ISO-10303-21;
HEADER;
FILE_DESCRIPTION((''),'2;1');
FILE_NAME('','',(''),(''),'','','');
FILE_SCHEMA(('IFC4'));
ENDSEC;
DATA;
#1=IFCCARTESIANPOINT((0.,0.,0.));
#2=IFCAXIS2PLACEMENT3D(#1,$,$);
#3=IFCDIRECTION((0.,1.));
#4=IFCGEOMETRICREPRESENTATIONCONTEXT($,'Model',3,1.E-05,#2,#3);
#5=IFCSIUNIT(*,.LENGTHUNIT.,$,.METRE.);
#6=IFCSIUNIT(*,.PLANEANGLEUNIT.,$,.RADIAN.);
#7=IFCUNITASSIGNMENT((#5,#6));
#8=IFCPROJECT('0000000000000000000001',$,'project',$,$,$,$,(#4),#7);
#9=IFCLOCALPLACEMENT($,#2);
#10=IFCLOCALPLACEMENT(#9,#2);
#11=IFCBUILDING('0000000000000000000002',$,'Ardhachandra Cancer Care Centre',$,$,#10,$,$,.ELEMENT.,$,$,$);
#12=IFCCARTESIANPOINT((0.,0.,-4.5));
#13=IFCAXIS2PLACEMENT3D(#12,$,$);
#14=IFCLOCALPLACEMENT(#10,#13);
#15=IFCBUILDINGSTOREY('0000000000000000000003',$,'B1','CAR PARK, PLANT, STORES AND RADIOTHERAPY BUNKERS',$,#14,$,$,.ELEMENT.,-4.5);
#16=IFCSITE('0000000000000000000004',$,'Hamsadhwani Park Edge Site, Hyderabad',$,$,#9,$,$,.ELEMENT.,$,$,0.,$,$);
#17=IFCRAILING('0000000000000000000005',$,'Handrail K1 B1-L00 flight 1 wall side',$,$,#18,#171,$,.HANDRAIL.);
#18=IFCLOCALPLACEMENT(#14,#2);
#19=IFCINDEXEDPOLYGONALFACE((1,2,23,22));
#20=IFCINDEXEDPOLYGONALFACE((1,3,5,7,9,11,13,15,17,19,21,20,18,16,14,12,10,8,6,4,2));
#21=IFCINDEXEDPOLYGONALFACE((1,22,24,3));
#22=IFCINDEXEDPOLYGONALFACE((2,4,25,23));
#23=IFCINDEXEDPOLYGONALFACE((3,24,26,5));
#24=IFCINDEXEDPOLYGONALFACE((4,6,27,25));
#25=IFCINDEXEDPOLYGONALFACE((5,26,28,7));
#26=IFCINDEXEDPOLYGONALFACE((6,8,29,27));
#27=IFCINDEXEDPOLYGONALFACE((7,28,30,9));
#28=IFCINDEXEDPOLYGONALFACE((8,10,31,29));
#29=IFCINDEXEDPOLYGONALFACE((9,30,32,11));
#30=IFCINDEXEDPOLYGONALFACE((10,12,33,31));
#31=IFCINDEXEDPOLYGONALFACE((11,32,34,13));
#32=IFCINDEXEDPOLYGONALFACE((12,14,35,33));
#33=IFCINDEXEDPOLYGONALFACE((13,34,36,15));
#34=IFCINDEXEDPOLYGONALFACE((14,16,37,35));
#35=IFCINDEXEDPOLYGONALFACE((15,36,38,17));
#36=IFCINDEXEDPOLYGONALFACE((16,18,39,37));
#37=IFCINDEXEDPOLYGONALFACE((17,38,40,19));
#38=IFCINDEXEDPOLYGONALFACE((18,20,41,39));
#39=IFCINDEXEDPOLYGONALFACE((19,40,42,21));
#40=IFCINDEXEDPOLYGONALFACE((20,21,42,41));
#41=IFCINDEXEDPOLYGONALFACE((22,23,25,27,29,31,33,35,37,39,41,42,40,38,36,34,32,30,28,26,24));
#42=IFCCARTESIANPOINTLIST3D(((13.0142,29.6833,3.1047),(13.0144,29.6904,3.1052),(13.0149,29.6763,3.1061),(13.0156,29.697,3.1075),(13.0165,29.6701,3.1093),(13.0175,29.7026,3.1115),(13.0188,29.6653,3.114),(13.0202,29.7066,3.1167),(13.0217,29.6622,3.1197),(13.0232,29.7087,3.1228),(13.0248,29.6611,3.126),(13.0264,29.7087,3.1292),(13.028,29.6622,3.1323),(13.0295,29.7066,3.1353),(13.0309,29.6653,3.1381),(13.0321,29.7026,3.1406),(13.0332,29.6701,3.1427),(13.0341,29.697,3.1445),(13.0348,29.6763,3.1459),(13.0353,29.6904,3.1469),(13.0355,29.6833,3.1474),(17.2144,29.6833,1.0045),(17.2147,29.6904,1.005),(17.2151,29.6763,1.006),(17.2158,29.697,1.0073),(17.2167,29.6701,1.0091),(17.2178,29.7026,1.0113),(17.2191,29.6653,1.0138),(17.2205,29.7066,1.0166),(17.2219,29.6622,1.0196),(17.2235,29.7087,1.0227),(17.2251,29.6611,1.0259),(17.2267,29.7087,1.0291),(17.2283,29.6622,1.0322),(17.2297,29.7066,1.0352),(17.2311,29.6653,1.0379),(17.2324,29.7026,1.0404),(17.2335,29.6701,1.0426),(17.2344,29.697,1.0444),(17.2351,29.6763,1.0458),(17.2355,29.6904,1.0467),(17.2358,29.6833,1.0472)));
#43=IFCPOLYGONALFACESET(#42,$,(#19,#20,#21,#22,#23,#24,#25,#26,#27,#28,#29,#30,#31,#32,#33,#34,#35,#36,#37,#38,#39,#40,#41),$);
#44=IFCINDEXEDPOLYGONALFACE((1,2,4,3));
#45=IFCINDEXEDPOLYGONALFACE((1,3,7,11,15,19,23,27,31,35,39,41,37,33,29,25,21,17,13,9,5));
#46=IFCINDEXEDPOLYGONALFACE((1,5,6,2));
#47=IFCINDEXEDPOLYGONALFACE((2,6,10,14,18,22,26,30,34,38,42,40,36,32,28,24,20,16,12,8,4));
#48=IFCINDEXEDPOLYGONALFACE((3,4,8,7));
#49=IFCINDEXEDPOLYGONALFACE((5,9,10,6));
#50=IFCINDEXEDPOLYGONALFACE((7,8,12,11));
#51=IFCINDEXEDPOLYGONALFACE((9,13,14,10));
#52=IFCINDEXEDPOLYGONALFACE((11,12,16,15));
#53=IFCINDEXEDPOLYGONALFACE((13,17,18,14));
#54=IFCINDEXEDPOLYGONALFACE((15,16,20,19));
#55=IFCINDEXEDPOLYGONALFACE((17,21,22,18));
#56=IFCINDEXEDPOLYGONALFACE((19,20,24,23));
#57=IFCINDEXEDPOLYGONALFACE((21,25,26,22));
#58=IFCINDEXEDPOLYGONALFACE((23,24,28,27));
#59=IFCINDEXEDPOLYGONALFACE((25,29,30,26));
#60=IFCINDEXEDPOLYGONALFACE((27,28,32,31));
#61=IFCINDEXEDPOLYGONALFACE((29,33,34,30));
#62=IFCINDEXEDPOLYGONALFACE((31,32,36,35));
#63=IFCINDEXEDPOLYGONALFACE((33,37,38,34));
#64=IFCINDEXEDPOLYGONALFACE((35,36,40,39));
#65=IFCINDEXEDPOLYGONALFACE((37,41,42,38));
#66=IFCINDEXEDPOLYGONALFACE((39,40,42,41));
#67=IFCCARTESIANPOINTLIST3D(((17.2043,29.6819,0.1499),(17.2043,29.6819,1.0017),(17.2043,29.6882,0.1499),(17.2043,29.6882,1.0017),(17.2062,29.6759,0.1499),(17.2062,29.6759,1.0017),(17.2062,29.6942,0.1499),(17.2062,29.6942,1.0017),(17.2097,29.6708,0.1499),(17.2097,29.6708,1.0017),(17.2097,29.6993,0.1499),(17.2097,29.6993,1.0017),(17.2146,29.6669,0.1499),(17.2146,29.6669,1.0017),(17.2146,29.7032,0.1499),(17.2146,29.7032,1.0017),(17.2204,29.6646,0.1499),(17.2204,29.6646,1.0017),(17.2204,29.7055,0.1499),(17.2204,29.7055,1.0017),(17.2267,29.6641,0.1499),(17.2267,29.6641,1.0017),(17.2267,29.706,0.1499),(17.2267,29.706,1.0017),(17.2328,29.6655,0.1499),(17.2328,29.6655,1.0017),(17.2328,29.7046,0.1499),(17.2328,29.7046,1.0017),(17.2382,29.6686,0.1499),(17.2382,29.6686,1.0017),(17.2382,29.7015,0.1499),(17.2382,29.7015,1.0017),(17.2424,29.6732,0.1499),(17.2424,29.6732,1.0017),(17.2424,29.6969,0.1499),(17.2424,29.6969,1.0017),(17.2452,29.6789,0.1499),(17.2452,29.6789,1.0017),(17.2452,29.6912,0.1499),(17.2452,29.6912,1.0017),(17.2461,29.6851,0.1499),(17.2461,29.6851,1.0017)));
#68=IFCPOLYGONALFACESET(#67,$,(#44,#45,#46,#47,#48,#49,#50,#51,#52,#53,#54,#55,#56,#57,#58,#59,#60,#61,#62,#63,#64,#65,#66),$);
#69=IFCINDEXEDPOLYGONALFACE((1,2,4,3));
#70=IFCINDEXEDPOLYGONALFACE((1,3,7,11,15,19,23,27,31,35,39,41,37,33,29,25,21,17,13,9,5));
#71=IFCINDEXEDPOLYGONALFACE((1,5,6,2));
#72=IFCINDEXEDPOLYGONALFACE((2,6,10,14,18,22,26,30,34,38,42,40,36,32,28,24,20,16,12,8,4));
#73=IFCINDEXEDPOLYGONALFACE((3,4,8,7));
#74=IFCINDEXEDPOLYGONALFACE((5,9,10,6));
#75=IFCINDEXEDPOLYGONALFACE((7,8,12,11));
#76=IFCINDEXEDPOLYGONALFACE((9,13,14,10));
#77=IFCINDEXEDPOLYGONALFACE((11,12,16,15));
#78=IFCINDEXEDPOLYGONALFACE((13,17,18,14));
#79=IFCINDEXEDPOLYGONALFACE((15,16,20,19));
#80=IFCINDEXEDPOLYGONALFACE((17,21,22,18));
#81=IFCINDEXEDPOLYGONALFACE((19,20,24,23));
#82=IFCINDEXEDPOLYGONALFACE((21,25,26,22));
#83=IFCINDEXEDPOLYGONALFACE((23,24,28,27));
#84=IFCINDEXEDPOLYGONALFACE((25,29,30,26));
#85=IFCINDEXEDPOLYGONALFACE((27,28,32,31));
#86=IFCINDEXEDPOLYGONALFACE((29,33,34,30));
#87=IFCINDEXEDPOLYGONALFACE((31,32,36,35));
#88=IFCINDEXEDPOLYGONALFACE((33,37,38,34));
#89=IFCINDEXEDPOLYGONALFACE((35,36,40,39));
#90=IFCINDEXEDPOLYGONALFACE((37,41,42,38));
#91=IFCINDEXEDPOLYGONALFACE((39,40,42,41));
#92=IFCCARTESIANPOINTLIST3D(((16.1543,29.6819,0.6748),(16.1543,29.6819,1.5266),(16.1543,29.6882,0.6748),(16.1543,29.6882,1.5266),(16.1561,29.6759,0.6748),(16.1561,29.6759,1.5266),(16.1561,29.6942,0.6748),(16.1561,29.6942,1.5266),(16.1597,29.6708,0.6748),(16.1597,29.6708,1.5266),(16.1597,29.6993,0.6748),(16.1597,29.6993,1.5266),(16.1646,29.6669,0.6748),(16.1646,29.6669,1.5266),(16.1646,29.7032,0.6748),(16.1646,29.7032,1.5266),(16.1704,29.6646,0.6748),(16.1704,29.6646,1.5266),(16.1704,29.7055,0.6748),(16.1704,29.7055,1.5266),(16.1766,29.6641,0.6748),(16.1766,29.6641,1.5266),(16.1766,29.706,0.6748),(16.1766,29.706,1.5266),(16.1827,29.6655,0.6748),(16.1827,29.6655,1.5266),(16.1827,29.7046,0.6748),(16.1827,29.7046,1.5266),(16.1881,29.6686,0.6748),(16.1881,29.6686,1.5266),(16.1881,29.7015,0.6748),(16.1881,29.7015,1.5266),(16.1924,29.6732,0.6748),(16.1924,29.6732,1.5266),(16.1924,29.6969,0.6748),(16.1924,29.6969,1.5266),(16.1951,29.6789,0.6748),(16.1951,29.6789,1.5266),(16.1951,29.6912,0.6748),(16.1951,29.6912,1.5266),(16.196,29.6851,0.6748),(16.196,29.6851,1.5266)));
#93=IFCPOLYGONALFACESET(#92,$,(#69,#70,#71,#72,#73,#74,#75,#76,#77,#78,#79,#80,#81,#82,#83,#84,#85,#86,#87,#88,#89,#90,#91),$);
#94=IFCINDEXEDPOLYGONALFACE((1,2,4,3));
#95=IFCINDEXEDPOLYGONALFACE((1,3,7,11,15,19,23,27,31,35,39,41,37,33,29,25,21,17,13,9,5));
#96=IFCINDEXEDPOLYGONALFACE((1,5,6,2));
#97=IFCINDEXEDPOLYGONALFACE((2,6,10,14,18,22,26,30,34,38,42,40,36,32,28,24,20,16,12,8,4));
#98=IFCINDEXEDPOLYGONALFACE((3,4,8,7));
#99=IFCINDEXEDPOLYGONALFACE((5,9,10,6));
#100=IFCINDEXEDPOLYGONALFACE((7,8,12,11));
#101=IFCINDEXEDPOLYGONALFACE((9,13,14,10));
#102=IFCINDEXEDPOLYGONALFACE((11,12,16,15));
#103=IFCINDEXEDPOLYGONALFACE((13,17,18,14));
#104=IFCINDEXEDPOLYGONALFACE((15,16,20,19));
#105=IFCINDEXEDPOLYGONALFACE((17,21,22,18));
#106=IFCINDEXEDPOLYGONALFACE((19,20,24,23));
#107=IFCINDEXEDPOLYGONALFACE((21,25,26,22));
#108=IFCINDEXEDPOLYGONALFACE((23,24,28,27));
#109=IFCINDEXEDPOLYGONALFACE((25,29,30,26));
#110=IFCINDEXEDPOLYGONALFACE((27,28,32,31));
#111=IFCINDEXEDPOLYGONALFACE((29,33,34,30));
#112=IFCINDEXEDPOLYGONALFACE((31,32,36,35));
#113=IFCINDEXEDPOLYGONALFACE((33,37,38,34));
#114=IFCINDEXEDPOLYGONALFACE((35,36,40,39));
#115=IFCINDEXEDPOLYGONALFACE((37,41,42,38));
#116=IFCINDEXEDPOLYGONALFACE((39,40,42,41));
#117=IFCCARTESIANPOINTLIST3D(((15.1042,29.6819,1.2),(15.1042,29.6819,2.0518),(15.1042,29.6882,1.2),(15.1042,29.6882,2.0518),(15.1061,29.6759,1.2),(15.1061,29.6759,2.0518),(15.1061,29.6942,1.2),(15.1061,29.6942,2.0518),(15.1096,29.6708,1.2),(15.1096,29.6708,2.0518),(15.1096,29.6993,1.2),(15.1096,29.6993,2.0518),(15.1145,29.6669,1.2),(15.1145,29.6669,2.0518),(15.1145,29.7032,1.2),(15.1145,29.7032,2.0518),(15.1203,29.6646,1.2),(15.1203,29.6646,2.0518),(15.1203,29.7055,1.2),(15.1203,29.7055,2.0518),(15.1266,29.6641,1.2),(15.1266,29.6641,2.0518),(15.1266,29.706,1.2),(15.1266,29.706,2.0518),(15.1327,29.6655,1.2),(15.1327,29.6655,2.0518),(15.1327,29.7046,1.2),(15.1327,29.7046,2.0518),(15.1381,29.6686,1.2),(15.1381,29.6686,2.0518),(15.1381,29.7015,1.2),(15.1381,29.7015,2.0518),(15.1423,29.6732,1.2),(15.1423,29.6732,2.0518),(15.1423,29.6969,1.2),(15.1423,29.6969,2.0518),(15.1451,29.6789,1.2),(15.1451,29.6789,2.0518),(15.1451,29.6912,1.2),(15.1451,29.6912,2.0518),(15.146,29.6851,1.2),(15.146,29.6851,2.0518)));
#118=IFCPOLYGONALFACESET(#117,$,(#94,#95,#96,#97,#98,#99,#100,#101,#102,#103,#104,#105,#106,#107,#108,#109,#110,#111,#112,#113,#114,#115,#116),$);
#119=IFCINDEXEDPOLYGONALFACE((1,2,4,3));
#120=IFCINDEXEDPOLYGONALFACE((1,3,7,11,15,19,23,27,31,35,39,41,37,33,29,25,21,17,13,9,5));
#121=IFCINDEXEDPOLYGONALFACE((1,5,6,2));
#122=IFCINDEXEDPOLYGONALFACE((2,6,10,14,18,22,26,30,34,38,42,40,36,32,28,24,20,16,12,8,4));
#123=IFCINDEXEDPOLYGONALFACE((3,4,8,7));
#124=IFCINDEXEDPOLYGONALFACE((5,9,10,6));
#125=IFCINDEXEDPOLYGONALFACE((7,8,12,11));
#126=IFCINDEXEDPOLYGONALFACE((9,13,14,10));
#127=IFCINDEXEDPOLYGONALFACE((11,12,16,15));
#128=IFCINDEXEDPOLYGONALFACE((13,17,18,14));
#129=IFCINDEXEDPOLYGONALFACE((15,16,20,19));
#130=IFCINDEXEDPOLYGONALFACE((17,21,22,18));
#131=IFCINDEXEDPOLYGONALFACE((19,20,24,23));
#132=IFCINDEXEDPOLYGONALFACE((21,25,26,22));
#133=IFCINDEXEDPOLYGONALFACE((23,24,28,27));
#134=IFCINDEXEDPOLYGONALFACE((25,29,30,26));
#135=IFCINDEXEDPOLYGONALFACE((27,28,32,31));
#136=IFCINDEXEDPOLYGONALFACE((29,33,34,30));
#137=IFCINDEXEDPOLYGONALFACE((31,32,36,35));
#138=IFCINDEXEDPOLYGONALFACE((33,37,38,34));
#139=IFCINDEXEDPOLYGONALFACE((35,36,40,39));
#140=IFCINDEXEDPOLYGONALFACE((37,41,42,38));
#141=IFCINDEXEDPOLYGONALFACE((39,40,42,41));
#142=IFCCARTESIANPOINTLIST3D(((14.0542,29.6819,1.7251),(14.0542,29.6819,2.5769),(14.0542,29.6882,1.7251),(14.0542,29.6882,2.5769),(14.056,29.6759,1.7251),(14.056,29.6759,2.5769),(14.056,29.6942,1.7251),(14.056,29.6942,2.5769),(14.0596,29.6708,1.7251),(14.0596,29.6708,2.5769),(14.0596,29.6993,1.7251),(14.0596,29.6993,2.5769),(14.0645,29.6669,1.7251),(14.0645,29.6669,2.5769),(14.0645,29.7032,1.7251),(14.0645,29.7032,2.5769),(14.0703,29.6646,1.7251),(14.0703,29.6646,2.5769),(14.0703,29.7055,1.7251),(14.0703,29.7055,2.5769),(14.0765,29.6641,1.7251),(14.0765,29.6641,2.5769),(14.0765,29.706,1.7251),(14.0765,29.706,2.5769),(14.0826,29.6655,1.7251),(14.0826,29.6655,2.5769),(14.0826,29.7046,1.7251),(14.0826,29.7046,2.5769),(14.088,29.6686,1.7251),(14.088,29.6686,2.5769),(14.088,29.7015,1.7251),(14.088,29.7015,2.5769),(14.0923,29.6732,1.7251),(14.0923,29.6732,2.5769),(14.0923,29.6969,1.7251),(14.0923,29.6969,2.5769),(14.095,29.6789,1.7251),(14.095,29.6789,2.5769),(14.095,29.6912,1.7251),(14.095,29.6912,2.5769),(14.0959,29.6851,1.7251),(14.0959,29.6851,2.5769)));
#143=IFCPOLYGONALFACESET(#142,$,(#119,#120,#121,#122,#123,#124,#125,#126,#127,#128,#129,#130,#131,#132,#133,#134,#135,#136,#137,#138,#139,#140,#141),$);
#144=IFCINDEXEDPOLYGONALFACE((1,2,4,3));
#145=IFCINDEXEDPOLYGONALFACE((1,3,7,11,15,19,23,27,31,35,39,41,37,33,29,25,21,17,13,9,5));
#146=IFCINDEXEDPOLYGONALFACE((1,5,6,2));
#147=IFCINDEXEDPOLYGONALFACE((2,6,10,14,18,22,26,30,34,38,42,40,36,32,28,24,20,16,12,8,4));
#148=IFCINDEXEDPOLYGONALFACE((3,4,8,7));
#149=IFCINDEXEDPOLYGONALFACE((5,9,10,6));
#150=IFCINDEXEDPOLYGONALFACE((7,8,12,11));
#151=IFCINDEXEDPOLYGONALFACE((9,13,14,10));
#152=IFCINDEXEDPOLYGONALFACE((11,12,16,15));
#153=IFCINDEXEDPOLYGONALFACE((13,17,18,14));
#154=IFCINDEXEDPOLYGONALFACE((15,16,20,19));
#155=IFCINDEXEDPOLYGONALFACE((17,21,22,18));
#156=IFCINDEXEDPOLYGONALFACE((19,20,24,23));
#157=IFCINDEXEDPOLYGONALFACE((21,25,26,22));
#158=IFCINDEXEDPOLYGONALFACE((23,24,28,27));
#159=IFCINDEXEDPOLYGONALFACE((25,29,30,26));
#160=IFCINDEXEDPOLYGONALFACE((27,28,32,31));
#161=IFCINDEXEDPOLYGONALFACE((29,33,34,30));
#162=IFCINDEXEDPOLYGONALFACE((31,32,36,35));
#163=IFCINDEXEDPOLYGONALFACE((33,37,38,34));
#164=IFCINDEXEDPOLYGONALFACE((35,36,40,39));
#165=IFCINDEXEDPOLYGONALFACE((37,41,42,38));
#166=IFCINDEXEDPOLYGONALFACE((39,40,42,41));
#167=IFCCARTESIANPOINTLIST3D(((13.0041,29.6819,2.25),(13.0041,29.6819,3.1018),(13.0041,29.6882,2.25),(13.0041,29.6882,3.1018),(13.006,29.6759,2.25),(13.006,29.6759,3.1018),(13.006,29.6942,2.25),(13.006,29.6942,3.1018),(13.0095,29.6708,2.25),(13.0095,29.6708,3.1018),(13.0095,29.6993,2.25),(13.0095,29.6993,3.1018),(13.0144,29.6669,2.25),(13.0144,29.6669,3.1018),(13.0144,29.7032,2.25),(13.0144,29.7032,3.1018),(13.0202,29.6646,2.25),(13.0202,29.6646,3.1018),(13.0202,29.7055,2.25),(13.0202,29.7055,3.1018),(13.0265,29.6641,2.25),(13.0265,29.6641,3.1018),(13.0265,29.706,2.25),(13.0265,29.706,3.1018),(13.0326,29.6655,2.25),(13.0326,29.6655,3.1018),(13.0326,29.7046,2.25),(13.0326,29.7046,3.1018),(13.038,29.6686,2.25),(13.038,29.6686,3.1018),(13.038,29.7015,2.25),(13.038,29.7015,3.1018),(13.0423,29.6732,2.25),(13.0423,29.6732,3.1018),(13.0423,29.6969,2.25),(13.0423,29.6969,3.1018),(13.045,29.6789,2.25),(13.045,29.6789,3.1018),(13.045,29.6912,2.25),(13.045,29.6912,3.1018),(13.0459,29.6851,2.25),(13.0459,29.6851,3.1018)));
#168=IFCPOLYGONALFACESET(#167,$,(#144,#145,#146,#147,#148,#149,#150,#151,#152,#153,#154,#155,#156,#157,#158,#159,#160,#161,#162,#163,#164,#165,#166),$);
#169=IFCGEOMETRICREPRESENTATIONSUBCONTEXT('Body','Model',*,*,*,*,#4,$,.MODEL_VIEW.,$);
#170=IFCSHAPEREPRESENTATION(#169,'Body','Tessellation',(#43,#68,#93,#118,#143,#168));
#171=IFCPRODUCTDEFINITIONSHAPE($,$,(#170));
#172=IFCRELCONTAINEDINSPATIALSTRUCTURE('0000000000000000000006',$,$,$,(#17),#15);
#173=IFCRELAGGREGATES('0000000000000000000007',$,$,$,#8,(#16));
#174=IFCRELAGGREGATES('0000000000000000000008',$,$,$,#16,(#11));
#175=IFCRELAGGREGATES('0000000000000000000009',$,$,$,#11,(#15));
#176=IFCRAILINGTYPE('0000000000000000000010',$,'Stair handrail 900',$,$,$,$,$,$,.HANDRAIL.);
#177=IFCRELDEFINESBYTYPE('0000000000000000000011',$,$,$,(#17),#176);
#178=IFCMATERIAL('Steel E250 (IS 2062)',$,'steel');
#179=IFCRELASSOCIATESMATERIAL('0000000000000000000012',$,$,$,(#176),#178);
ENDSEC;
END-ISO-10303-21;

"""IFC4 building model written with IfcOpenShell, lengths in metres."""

from ifc_helpers import new_model, si_unit, direction, frame, origin, origin_2d, place, context, subcontext, project, spatial, circle, extrude, material, type_object, element, save


model = new_model("IFC4")

# Units and contexts
model_context = context("Model", 3, precision=1e-05, world=origin(), true_north=direction((0.0, 1.0)))
body_context = subcontext(model_context, "Body", "Model", "MODEL_VIEW")
ifc_project = project(units=[si_unit("LENGTHUNIT", "METRE"), si_unit("PLANEANGLEUNIT", "RADIAN")], contexts=[model_context])

# Site, building, storey
site_placement = place(None, origin())
site = spatial("IfcSite", under=ifc_project, at=site_placement, Name="Hamsadhwani Park Edge Site, Hyderabad", CompositionType="ELEMENT", RefElevation=0.0)
building_placement = place(site_placement, origin())
building = spatial("IfcBuilding", under=site, at=building_placement, Name="Ardhachandra Cancer Care Centre", CompositionType="ELEMENT")
storey_placement = place(building_placement, frame((0.0, 0.0, -4.5)))
storey = spatial("IfcBuildingStorey", under=building, at=storey_placement, Name="B1", Description="CAR PARK, PLANT, STORES AND RADIOTHERAPY BUNKERS", CompositionType="ELEMENT", Elevation=-4.5)

# Railing
ifc_material_1 = material(Name="Steel E250 (IS 2062)", Category="steel")
railing_type = type_object("IfcRailingType", Name="Stair handrail 900", PredefinedType="HANDRAIL", material=ifc_material_1)
for number, where, name in (
    (1, (17.2251, 29.6851, 0.1499), "Handrail K1 B1-L00 flight 1 wall side"),
):
    element("IfcRailing", number, at=place(storey_placement, frame(where)), inside=storey, type_object=railing_type, Name=name, PredefinedType="HANDRAIL", context=body_context, shape_type="SweptSolid", body=[
        extrude(circle(Radius=0.0239, at=origin_2d()), frame((0.0, 0.0, 0.876), z_axis=(-0.894427, 0.0, 0.447214), x_axis=(0.0, -1.0, 0.0)), (0.0, 0.0, 1.0), 4.696),
        extrude(circle(Radius=0.021, at=origin_2d()), origin(), (0.0, 0.0, 1.0), 0.8518),
        extrude(circle(Radius=0.021, at=origin_2d()), frame((-1.05, 0.0, 0.5249)), (0.0, 0.0, 1.0), 0.8518),
        extrude(circle(Radius=0.021, at=origin_2d()), frame((-2.1001, 0.0, 1.05)), (0.0, 0.0, 1.0), 0.8518),
        extrude(circle(Radius=0.021, at=origin_2d()), frame((-3.1501, 0.0, 1.5752)), (0.0, 0.0, 1.0), 0.8518),
        extrude(circle(Radius=0.021, at=origin_2d()), frame((-4.2002, 0.0, 2.1001)), (0.0, 0.0, 1.0), 0.8518),
    ])

save(model, "model.ifc")
